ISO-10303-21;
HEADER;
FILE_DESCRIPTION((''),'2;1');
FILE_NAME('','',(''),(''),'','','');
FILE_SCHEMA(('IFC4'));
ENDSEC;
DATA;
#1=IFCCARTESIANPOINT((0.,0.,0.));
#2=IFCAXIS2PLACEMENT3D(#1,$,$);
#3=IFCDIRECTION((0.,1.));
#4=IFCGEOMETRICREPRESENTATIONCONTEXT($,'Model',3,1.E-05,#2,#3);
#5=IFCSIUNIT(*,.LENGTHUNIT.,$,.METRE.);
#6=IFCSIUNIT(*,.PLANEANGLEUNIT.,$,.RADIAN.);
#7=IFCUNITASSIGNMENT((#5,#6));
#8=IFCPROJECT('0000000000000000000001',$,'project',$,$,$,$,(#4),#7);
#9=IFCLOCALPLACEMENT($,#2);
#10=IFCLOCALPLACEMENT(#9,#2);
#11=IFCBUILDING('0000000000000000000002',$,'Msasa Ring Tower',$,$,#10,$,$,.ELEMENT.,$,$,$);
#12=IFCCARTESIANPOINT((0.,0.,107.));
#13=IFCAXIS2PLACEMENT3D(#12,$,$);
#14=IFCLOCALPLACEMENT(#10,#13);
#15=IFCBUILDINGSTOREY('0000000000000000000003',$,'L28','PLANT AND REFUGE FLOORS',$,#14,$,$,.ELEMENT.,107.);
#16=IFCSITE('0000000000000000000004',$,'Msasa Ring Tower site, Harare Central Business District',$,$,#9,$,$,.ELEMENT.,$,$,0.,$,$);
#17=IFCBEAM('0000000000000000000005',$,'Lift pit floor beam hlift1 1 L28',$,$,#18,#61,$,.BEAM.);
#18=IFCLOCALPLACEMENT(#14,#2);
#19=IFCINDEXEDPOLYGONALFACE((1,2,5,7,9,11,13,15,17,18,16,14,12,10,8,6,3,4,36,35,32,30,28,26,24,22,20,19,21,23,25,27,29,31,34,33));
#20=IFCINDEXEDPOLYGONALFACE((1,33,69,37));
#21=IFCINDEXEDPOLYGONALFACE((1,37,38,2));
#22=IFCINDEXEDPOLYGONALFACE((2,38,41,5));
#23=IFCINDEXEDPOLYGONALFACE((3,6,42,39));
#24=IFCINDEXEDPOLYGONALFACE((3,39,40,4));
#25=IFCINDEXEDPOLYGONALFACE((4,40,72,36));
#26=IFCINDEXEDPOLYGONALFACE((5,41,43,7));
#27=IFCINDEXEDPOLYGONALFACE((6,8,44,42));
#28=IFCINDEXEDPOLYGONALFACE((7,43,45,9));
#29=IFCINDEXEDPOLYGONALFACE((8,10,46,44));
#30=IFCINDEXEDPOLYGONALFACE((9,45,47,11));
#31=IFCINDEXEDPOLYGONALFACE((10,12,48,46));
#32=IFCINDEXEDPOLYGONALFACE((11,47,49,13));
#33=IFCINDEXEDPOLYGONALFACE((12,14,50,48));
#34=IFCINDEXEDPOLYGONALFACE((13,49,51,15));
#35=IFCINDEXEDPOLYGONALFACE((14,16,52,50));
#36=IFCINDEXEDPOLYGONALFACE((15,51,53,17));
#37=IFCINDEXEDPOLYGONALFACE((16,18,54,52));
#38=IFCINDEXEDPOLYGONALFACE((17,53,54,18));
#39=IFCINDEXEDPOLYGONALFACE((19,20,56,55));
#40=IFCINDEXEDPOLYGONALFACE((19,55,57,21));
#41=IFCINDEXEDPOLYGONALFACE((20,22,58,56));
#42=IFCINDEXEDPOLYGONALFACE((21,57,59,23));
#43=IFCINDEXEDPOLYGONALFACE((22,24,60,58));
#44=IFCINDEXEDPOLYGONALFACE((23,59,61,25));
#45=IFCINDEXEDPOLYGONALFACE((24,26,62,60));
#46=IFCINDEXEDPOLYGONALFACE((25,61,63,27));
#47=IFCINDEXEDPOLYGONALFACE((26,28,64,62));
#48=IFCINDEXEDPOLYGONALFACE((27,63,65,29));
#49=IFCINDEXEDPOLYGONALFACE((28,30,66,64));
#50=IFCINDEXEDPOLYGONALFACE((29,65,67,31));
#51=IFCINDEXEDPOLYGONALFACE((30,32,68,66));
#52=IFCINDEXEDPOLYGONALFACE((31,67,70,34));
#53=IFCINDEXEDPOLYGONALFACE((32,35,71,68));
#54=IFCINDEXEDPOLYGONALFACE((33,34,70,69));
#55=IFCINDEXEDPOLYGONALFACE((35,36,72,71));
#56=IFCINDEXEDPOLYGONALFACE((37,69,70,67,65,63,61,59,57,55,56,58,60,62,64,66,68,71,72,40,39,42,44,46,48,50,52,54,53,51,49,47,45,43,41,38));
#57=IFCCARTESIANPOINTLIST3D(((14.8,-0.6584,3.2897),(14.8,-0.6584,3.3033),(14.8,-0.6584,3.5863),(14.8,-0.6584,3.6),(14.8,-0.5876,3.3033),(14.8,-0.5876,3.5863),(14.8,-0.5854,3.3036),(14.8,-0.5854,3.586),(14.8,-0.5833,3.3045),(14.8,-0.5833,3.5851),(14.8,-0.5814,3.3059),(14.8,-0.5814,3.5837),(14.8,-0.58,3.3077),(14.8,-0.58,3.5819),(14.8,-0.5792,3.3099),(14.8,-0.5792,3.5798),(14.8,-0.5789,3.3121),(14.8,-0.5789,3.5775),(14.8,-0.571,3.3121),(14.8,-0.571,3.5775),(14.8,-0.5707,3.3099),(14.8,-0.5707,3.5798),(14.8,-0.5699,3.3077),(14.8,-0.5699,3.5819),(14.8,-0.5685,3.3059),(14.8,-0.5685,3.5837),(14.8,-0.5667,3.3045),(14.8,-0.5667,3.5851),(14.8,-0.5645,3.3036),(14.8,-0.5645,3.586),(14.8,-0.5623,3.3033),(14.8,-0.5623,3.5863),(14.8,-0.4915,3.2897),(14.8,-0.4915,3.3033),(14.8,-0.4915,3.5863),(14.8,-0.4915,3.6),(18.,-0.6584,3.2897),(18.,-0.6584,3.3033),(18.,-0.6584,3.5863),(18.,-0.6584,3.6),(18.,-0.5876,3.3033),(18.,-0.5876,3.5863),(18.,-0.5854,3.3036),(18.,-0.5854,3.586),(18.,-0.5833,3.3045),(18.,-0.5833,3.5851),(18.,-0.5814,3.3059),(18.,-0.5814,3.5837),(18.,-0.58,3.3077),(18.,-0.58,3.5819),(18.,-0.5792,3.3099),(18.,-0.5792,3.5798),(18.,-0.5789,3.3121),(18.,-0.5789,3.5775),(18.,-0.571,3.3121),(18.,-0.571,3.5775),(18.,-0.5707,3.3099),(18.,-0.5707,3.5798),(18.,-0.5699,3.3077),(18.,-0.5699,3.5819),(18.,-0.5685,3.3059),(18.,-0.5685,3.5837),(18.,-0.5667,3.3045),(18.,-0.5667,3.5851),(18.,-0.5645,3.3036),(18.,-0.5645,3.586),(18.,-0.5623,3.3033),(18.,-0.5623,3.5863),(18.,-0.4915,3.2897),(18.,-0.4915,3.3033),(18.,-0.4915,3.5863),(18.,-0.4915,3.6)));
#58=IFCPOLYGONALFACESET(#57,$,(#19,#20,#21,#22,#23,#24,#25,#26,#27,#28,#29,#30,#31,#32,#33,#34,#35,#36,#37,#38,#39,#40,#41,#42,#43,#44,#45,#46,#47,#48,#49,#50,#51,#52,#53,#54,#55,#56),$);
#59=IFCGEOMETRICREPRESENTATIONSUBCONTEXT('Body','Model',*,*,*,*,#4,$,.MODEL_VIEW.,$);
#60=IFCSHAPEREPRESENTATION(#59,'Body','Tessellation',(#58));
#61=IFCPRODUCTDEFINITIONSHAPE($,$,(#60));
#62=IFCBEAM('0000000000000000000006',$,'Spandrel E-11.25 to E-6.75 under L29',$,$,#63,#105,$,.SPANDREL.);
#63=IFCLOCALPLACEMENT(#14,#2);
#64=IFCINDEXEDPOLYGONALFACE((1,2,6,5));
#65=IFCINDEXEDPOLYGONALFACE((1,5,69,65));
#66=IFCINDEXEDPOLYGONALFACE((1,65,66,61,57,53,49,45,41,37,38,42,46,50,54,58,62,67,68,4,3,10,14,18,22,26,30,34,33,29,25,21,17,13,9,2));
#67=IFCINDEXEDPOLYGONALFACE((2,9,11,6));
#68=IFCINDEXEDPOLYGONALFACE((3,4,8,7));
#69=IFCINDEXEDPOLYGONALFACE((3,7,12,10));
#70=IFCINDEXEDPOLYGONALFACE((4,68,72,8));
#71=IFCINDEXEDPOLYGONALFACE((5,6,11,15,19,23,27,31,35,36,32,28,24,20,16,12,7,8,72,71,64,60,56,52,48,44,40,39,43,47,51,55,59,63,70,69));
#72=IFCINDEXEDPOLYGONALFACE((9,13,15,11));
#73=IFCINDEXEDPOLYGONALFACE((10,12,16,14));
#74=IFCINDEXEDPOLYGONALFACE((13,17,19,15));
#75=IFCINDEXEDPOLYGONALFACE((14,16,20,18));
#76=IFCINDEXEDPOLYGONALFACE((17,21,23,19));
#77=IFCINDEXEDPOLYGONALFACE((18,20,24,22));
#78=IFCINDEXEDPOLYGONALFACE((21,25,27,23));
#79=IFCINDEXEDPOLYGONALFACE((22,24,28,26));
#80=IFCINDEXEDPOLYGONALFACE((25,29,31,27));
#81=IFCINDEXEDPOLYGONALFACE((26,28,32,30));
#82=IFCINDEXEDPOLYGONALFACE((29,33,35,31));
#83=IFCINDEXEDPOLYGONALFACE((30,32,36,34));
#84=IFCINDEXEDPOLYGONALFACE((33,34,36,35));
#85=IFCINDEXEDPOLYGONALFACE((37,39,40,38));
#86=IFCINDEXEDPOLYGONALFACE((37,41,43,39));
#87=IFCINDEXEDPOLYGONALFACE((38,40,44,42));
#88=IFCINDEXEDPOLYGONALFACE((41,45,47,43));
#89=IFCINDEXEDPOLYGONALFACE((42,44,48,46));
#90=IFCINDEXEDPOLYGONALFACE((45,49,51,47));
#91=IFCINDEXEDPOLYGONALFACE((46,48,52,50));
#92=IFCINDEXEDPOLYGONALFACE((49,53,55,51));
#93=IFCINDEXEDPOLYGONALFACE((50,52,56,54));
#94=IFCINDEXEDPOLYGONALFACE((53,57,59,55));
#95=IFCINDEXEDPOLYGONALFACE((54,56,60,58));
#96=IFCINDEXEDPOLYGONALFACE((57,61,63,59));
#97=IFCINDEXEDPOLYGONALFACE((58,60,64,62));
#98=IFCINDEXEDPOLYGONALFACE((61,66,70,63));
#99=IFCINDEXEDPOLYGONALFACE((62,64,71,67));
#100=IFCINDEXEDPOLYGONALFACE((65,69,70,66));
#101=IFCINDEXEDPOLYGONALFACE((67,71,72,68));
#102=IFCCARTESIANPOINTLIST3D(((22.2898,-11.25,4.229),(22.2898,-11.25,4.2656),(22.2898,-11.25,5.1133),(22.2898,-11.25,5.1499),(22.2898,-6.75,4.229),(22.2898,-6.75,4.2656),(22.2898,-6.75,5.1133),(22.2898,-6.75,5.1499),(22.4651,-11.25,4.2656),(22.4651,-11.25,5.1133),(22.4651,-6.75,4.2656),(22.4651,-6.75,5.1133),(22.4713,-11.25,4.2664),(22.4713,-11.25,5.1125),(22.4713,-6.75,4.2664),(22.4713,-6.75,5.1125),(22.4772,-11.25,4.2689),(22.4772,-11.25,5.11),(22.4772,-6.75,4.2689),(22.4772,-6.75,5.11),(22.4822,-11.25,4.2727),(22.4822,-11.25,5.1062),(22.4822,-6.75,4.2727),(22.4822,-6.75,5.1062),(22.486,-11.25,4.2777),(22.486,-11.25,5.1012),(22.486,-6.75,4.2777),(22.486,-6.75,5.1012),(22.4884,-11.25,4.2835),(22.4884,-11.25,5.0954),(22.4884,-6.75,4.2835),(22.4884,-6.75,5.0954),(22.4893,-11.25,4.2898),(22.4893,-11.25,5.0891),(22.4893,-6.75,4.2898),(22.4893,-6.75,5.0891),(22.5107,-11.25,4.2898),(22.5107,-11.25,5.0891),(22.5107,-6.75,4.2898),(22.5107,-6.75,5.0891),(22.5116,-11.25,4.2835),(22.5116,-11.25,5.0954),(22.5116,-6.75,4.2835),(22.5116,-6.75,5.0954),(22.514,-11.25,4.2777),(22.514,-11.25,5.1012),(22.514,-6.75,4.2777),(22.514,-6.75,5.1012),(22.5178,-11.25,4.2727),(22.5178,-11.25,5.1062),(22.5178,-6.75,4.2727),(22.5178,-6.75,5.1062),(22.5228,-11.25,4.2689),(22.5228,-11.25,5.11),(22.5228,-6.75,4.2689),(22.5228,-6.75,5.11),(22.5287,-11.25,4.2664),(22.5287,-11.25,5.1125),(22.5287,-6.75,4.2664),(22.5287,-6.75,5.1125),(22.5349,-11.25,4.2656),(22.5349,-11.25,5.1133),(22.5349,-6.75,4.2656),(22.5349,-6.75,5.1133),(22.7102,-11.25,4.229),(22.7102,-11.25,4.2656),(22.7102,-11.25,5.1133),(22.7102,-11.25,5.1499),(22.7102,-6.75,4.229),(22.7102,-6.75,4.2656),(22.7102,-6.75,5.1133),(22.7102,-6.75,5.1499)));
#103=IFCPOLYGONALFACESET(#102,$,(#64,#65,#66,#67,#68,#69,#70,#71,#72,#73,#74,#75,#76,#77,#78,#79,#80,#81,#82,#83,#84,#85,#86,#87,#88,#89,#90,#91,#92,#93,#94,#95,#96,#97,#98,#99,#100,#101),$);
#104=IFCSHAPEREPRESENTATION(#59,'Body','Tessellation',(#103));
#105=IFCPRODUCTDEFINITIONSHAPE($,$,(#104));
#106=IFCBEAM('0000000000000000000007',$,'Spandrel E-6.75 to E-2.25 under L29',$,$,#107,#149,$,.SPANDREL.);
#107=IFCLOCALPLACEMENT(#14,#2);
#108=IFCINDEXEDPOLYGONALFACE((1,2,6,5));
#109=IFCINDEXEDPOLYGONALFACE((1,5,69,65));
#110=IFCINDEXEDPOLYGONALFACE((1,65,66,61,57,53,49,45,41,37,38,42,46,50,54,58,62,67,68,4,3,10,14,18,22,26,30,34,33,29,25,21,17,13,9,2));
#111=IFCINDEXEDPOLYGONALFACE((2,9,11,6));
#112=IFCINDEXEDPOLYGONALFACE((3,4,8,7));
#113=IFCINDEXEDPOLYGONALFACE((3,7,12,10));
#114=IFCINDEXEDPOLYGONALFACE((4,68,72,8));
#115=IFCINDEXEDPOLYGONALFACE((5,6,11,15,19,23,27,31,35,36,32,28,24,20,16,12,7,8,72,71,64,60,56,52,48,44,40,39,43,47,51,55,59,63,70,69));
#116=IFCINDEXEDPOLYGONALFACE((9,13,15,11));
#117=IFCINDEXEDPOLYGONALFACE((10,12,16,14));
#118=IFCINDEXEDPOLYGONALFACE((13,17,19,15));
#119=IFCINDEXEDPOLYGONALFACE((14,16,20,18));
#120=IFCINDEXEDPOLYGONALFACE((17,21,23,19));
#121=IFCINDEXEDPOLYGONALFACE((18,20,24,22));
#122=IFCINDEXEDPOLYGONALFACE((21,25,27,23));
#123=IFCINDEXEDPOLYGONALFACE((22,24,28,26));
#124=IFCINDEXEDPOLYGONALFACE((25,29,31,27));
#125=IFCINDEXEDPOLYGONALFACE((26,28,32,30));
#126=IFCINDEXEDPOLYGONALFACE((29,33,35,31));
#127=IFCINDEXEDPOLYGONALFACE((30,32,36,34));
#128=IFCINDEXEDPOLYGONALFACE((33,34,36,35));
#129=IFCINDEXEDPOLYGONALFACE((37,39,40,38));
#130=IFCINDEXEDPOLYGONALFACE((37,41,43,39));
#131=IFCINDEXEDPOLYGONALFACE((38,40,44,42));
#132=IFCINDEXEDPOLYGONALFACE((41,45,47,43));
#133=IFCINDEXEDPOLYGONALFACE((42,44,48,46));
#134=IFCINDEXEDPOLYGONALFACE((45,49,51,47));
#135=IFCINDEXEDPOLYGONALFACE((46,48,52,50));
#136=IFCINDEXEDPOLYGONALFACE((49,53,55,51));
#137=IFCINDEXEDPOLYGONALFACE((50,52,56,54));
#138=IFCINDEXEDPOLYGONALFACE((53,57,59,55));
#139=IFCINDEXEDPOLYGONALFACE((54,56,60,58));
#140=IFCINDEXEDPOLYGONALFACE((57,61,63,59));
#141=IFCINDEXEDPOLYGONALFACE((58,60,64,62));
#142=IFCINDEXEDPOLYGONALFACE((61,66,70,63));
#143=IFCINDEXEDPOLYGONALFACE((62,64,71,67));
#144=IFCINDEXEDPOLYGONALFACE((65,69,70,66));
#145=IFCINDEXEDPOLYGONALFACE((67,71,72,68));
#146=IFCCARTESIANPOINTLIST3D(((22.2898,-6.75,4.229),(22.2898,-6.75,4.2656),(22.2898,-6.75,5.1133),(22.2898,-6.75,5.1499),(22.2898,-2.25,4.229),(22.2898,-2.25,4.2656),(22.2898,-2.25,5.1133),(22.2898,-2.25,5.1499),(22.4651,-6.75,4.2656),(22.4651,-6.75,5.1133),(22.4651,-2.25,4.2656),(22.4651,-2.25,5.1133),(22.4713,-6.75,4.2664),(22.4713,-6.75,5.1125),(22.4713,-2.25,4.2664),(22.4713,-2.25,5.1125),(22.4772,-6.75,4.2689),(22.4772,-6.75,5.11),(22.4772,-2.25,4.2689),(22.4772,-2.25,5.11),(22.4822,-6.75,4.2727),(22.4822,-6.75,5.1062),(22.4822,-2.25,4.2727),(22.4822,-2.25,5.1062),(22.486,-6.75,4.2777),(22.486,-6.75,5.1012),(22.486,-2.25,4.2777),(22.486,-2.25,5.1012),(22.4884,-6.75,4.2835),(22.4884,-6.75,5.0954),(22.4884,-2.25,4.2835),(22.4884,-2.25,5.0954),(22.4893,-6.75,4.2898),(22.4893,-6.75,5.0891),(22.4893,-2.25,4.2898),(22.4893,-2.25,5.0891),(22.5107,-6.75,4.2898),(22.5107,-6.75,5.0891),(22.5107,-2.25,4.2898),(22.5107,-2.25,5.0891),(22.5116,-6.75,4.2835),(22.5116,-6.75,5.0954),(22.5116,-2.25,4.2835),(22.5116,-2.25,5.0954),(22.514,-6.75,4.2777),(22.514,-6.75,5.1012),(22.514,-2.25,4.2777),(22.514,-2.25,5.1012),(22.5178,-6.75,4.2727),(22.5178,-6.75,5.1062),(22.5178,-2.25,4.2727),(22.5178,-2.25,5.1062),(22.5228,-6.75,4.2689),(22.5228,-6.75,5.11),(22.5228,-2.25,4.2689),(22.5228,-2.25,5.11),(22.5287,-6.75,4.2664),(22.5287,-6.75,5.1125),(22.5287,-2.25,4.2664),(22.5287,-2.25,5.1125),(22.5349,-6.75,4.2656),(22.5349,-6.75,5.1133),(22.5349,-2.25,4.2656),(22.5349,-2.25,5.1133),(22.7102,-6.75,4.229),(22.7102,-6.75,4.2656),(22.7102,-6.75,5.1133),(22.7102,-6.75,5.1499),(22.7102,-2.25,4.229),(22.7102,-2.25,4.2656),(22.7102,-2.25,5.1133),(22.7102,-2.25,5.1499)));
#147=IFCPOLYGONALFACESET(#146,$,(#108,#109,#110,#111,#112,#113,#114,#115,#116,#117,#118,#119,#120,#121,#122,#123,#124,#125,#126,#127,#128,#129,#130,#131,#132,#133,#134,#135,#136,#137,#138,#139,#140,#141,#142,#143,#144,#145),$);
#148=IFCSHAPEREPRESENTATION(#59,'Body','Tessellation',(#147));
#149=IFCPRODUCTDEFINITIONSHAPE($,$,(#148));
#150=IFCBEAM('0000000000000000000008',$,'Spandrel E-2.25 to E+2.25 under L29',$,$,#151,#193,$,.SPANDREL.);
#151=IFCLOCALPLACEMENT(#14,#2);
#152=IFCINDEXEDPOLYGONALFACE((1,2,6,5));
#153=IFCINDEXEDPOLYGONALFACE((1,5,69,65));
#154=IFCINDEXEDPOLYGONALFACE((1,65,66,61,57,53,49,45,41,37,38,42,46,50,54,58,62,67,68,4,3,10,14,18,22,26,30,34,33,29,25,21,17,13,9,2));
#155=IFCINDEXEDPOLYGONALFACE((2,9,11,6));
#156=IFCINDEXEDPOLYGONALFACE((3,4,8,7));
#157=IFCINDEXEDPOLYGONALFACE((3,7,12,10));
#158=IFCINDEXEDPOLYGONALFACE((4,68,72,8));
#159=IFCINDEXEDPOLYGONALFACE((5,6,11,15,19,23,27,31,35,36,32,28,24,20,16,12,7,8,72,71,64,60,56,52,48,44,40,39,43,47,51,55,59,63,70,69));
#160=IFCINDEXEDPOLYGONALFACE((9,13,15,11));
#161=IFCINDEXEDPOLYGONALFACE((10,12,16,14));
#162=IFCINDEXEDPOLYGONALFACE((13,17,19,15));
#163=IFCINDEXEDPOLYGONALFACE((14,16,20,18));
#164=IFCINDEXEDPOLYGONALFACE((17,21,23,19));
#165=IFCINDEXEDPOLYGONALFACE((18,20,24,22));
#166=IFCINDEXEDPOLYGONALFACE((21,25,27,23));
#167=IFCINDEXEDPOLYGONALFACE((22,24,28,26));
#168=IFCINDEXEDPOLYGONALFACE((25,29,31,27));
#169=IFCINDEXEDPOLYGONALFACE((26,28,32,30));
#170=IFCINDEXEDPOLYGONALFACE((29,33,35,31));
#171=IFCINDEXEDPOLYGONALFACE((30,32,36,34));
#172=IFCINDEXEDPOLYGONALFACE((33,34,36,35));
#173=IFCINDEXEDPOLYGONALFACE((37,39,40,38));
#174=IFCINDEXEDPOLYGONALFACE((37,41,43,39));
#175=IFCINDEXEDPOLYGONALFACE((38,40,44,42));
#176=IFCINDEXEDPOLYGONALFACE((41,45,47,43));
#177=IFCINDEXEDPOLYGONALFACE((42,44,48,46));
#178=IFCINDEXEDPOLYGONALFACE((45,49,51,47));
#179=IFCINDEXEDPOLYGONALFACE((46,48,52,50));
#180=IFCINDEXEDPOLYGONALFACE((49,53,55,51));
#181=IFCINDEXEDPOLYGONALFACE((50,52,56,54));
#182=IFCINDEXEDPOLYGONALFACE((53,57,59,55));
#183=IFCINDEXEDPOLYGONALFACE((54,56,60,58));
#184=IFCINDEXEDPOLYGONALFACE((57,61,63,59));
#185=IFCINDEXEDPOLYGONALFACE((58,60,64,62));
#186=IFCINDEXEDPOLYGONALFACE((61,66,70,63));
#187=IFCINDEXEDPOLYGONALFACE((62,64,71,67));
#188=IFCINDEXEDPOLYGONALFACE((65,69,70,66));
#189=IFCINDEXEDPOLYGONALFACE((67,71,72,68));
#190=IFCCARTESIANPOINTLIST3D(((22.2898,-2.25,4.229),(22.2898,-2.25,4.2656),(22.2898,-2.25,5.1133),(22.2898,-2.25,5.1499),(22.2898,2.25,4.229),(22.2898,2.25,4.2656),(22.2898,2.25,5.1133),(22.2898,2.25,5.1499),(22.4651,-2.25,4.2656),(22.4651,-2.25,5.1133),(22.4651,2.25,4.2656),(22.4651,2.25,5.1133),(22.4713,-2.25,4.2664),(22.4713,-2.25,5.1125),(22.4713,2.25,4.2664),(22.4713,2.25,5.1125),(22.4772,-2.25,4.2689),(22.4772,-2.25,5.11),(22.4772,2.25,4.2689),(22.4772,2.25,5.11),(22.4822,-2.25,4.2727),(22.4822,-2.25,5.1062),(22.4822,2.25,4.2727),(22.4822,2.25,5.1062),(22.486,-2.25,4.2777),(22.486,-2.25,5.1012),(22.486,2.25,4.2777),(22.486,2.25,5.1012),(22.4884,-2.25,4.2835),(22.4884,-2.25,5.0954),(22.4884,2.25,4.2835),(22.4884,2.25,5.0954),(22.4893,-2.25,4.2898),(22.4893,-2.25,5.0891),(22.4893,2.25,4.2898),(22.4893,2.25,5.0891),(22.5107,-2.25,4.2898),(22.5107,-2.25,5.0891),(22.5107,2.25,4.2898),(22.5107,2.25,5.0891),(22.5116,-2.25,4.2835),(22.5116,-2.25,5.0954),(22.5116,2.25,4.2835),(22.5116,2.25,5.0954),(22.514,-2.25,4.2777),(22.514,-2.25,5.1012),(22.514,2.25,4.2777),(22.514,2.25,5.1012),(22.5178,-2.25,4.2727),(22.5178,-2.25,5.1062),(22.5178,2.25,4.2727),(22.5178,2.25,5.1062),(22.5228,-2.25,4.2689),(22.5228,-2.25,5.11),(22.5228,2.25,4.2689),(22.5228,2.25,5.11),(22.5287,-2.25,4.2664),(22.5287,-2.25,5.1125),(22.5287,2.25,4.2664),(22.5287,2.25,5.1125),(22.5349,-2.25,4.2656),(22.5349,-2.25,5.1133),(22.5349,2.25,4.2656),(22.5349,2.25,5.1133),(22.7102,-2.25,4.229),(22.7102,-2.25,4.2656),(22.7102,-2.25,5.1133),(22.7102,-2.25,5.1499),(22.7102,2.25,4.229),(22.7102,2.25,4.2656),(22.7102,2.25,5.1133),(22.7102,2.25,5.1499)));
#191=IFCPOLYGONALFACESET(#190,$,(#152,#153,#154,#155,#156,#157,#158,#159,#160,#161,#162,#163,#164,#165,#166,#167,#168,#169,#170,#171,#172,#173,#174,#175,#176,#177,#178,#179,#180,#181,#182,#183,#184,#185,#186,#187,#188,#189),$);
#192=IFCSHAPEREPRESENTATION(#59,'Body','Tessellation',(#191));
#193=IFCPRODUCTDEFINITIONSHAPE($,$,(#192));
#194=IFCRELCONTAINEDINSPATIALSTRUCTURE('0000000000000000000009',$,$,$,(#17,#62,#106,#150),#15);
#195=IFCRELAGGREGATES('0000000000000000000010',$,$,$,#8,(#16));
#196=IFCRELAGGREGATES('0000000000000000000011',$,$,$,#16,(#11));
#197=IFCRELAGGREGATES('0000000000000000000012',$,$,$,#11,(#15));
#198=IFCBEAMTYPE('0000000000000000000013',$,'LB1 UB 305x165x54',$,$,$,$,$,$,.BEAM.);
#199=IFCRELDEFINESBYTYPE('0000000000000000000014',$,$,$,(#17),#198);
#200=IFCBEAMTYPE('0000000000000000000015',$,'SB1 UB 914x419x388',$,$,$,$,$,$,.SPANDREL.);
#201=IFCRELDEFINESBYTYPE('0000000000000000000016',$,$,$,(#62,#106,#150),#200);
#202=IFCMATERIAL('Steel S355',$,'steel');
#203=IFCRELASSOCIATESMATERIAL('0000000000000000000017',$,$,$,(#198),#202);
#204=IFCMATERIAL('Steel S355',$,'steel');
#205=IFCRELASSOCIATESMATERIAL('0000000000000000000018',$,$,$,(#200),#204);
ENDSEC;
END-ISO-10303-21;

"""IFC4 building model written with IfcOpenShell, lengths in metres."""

from ifc_helpers import new_model, si_unit, direction, frame, origin, origin_2d, place, context, subcontext, project, spatial, i_section, extrude, material, material_profile, profile_set, type_object, element, save


model = new_model("IFC4")

# Units and contexts
model_context = context("Model", 3, precision=1e-05, world=origin(), true_north=direction((0.0, 1.0)))
body_context = subcontext(model_context, "Body", "Model", "MODEL_VIEW")
ifc_project = project(units=[si_unit("LENGTHUNIT", "METRE"), si_unit("PLANEANGLEUNIT", "RADIAN")], contexts=[model_context])

# Site, building, storey
site_placement = place(None, origin())
site = spatial("IfcSite", under=ifc_project, at=site_placement, Name="Msasa Ring Tower site, Harare Central Business District", CompositionType="ELEMENT", RefElevation=0.0)
building_placement = place(site_placement, origin())
building = spatial("IfcBuilding", under=site, at=building_placement, Name="Msasa Ring Tower", CompositionType="ELEMENT")
storey_placement = place(building_placement, frame((0.0, 0.0, 107.0)))
storey = spatial("IfcBuildingStorey", under=building, at=storey_placement, Name="L28", Description="PLANT AND REFUGE FLOORS", CompositionType="ELEMENT", Elevation=107.0)

# Beams
ifc_material_1 = material(Name="Steel S355", Category="steel")
ifc_material_profile_1 = material_profile(ifc_material_1, i_section(OverallWidth=0.167, OverallDepth=0.3103, WebThickness=0.0078, FlangeThickness=0.0137, FilletRadius=0.0088, at=origin_2d()), Name="UB 305x165x54")
ifc_profile_set_1 = profile_set([ifc_material_profile_1], Name="Steel S355")
beam_type_1 = type_object("IfcBeamType", Name="LB1 UB 305x165x54", PredefinedType="BEAM", material=ifc_profile_set_1)
beam_1_placement = place(storey_placement, frame((14.8, -0.575, 3.4448), z_axis=(1.0, 0.0, 0.0), x_axis=(0.0, 1.0, 0.0)))
element("IfcBeam", 1, at=beam_1_placement, inside=storey, type_object=beam_type_1, Name="Lift pit floor beam hlift1 1 L28", PredefinedType="BEAM", context=body_context, shape_type="SweptSolid", body=[
    extrude(i_section(OverallWidth=0.167, OverallDepth=0.3103, WebThickness=0.0078, FlangeThickness=0.0137, FilletRadius=0.0088, at=origin_2d()), origin(), (0.0, 0.0, 1.0), 3.2),
])
ifc_material_2 = material(Name="Steel S355", Category="steel")
ifc_material_profile_2 = material_profile(ifc_material_2, i_section(OverallWidth=0.4204, OverallDepth=0.9209, WebThickness=0.0215, FlangeThickness=0.0366, FilletRadius=0.0242, at=origin_2d()), Name="UB 914x419x388")
ifc_profile_set_2 = profile_set([ifc_material_profile_2], Name="Steel S355")
beam_type_2 = type_object("IfcBeamType", Name="SB1 UB 914x419x388", PredefinedType="SPANDREL", material=ifc_profile_set_2)
for number, where, z_axis, x_axis, name in (
    (2, (22.5, -11.25, 4.6895), (0.0, 1.0, 0.0), (-1.0, 0.0, 0.0), "Spandrel E-11.25 to E-6.75 under L29"),
    (3, (22.5, -6.75, 4.6895), (0.0, 1.0, 0.0), (-1.0, 0.0, 0.0), "Spandrel E-6.75 to E-2.25 under L29"),
    (4, (22.5, -2.25, 4.6895), (0.0, 1.0, 0.0), (-1.0, 0.0, 0.0), "Spandrel E-2.25 to E+2.25 under L29"),
):
    element("IfcBeam", number, at=place(storey_placement, frame(where, z_axis=z_axis, x_axis=x_axis)), inside=storey, type_object=beam_type_2, Name=name, PredefinedType="SPANDREL", context=body_context, shape_type="SweptSolid", body=[
        extrude(i_section(OverallWidth=0.4204, OverallDepth=0.9209, WebThickness=0.0215, FlangeThickness=0.0366, FilletRadius=0.0242, at=origin_2d()), origin(), (0.0, 0.0, 1.0), 4.5),
    ])

save(model, "model.ifc")
